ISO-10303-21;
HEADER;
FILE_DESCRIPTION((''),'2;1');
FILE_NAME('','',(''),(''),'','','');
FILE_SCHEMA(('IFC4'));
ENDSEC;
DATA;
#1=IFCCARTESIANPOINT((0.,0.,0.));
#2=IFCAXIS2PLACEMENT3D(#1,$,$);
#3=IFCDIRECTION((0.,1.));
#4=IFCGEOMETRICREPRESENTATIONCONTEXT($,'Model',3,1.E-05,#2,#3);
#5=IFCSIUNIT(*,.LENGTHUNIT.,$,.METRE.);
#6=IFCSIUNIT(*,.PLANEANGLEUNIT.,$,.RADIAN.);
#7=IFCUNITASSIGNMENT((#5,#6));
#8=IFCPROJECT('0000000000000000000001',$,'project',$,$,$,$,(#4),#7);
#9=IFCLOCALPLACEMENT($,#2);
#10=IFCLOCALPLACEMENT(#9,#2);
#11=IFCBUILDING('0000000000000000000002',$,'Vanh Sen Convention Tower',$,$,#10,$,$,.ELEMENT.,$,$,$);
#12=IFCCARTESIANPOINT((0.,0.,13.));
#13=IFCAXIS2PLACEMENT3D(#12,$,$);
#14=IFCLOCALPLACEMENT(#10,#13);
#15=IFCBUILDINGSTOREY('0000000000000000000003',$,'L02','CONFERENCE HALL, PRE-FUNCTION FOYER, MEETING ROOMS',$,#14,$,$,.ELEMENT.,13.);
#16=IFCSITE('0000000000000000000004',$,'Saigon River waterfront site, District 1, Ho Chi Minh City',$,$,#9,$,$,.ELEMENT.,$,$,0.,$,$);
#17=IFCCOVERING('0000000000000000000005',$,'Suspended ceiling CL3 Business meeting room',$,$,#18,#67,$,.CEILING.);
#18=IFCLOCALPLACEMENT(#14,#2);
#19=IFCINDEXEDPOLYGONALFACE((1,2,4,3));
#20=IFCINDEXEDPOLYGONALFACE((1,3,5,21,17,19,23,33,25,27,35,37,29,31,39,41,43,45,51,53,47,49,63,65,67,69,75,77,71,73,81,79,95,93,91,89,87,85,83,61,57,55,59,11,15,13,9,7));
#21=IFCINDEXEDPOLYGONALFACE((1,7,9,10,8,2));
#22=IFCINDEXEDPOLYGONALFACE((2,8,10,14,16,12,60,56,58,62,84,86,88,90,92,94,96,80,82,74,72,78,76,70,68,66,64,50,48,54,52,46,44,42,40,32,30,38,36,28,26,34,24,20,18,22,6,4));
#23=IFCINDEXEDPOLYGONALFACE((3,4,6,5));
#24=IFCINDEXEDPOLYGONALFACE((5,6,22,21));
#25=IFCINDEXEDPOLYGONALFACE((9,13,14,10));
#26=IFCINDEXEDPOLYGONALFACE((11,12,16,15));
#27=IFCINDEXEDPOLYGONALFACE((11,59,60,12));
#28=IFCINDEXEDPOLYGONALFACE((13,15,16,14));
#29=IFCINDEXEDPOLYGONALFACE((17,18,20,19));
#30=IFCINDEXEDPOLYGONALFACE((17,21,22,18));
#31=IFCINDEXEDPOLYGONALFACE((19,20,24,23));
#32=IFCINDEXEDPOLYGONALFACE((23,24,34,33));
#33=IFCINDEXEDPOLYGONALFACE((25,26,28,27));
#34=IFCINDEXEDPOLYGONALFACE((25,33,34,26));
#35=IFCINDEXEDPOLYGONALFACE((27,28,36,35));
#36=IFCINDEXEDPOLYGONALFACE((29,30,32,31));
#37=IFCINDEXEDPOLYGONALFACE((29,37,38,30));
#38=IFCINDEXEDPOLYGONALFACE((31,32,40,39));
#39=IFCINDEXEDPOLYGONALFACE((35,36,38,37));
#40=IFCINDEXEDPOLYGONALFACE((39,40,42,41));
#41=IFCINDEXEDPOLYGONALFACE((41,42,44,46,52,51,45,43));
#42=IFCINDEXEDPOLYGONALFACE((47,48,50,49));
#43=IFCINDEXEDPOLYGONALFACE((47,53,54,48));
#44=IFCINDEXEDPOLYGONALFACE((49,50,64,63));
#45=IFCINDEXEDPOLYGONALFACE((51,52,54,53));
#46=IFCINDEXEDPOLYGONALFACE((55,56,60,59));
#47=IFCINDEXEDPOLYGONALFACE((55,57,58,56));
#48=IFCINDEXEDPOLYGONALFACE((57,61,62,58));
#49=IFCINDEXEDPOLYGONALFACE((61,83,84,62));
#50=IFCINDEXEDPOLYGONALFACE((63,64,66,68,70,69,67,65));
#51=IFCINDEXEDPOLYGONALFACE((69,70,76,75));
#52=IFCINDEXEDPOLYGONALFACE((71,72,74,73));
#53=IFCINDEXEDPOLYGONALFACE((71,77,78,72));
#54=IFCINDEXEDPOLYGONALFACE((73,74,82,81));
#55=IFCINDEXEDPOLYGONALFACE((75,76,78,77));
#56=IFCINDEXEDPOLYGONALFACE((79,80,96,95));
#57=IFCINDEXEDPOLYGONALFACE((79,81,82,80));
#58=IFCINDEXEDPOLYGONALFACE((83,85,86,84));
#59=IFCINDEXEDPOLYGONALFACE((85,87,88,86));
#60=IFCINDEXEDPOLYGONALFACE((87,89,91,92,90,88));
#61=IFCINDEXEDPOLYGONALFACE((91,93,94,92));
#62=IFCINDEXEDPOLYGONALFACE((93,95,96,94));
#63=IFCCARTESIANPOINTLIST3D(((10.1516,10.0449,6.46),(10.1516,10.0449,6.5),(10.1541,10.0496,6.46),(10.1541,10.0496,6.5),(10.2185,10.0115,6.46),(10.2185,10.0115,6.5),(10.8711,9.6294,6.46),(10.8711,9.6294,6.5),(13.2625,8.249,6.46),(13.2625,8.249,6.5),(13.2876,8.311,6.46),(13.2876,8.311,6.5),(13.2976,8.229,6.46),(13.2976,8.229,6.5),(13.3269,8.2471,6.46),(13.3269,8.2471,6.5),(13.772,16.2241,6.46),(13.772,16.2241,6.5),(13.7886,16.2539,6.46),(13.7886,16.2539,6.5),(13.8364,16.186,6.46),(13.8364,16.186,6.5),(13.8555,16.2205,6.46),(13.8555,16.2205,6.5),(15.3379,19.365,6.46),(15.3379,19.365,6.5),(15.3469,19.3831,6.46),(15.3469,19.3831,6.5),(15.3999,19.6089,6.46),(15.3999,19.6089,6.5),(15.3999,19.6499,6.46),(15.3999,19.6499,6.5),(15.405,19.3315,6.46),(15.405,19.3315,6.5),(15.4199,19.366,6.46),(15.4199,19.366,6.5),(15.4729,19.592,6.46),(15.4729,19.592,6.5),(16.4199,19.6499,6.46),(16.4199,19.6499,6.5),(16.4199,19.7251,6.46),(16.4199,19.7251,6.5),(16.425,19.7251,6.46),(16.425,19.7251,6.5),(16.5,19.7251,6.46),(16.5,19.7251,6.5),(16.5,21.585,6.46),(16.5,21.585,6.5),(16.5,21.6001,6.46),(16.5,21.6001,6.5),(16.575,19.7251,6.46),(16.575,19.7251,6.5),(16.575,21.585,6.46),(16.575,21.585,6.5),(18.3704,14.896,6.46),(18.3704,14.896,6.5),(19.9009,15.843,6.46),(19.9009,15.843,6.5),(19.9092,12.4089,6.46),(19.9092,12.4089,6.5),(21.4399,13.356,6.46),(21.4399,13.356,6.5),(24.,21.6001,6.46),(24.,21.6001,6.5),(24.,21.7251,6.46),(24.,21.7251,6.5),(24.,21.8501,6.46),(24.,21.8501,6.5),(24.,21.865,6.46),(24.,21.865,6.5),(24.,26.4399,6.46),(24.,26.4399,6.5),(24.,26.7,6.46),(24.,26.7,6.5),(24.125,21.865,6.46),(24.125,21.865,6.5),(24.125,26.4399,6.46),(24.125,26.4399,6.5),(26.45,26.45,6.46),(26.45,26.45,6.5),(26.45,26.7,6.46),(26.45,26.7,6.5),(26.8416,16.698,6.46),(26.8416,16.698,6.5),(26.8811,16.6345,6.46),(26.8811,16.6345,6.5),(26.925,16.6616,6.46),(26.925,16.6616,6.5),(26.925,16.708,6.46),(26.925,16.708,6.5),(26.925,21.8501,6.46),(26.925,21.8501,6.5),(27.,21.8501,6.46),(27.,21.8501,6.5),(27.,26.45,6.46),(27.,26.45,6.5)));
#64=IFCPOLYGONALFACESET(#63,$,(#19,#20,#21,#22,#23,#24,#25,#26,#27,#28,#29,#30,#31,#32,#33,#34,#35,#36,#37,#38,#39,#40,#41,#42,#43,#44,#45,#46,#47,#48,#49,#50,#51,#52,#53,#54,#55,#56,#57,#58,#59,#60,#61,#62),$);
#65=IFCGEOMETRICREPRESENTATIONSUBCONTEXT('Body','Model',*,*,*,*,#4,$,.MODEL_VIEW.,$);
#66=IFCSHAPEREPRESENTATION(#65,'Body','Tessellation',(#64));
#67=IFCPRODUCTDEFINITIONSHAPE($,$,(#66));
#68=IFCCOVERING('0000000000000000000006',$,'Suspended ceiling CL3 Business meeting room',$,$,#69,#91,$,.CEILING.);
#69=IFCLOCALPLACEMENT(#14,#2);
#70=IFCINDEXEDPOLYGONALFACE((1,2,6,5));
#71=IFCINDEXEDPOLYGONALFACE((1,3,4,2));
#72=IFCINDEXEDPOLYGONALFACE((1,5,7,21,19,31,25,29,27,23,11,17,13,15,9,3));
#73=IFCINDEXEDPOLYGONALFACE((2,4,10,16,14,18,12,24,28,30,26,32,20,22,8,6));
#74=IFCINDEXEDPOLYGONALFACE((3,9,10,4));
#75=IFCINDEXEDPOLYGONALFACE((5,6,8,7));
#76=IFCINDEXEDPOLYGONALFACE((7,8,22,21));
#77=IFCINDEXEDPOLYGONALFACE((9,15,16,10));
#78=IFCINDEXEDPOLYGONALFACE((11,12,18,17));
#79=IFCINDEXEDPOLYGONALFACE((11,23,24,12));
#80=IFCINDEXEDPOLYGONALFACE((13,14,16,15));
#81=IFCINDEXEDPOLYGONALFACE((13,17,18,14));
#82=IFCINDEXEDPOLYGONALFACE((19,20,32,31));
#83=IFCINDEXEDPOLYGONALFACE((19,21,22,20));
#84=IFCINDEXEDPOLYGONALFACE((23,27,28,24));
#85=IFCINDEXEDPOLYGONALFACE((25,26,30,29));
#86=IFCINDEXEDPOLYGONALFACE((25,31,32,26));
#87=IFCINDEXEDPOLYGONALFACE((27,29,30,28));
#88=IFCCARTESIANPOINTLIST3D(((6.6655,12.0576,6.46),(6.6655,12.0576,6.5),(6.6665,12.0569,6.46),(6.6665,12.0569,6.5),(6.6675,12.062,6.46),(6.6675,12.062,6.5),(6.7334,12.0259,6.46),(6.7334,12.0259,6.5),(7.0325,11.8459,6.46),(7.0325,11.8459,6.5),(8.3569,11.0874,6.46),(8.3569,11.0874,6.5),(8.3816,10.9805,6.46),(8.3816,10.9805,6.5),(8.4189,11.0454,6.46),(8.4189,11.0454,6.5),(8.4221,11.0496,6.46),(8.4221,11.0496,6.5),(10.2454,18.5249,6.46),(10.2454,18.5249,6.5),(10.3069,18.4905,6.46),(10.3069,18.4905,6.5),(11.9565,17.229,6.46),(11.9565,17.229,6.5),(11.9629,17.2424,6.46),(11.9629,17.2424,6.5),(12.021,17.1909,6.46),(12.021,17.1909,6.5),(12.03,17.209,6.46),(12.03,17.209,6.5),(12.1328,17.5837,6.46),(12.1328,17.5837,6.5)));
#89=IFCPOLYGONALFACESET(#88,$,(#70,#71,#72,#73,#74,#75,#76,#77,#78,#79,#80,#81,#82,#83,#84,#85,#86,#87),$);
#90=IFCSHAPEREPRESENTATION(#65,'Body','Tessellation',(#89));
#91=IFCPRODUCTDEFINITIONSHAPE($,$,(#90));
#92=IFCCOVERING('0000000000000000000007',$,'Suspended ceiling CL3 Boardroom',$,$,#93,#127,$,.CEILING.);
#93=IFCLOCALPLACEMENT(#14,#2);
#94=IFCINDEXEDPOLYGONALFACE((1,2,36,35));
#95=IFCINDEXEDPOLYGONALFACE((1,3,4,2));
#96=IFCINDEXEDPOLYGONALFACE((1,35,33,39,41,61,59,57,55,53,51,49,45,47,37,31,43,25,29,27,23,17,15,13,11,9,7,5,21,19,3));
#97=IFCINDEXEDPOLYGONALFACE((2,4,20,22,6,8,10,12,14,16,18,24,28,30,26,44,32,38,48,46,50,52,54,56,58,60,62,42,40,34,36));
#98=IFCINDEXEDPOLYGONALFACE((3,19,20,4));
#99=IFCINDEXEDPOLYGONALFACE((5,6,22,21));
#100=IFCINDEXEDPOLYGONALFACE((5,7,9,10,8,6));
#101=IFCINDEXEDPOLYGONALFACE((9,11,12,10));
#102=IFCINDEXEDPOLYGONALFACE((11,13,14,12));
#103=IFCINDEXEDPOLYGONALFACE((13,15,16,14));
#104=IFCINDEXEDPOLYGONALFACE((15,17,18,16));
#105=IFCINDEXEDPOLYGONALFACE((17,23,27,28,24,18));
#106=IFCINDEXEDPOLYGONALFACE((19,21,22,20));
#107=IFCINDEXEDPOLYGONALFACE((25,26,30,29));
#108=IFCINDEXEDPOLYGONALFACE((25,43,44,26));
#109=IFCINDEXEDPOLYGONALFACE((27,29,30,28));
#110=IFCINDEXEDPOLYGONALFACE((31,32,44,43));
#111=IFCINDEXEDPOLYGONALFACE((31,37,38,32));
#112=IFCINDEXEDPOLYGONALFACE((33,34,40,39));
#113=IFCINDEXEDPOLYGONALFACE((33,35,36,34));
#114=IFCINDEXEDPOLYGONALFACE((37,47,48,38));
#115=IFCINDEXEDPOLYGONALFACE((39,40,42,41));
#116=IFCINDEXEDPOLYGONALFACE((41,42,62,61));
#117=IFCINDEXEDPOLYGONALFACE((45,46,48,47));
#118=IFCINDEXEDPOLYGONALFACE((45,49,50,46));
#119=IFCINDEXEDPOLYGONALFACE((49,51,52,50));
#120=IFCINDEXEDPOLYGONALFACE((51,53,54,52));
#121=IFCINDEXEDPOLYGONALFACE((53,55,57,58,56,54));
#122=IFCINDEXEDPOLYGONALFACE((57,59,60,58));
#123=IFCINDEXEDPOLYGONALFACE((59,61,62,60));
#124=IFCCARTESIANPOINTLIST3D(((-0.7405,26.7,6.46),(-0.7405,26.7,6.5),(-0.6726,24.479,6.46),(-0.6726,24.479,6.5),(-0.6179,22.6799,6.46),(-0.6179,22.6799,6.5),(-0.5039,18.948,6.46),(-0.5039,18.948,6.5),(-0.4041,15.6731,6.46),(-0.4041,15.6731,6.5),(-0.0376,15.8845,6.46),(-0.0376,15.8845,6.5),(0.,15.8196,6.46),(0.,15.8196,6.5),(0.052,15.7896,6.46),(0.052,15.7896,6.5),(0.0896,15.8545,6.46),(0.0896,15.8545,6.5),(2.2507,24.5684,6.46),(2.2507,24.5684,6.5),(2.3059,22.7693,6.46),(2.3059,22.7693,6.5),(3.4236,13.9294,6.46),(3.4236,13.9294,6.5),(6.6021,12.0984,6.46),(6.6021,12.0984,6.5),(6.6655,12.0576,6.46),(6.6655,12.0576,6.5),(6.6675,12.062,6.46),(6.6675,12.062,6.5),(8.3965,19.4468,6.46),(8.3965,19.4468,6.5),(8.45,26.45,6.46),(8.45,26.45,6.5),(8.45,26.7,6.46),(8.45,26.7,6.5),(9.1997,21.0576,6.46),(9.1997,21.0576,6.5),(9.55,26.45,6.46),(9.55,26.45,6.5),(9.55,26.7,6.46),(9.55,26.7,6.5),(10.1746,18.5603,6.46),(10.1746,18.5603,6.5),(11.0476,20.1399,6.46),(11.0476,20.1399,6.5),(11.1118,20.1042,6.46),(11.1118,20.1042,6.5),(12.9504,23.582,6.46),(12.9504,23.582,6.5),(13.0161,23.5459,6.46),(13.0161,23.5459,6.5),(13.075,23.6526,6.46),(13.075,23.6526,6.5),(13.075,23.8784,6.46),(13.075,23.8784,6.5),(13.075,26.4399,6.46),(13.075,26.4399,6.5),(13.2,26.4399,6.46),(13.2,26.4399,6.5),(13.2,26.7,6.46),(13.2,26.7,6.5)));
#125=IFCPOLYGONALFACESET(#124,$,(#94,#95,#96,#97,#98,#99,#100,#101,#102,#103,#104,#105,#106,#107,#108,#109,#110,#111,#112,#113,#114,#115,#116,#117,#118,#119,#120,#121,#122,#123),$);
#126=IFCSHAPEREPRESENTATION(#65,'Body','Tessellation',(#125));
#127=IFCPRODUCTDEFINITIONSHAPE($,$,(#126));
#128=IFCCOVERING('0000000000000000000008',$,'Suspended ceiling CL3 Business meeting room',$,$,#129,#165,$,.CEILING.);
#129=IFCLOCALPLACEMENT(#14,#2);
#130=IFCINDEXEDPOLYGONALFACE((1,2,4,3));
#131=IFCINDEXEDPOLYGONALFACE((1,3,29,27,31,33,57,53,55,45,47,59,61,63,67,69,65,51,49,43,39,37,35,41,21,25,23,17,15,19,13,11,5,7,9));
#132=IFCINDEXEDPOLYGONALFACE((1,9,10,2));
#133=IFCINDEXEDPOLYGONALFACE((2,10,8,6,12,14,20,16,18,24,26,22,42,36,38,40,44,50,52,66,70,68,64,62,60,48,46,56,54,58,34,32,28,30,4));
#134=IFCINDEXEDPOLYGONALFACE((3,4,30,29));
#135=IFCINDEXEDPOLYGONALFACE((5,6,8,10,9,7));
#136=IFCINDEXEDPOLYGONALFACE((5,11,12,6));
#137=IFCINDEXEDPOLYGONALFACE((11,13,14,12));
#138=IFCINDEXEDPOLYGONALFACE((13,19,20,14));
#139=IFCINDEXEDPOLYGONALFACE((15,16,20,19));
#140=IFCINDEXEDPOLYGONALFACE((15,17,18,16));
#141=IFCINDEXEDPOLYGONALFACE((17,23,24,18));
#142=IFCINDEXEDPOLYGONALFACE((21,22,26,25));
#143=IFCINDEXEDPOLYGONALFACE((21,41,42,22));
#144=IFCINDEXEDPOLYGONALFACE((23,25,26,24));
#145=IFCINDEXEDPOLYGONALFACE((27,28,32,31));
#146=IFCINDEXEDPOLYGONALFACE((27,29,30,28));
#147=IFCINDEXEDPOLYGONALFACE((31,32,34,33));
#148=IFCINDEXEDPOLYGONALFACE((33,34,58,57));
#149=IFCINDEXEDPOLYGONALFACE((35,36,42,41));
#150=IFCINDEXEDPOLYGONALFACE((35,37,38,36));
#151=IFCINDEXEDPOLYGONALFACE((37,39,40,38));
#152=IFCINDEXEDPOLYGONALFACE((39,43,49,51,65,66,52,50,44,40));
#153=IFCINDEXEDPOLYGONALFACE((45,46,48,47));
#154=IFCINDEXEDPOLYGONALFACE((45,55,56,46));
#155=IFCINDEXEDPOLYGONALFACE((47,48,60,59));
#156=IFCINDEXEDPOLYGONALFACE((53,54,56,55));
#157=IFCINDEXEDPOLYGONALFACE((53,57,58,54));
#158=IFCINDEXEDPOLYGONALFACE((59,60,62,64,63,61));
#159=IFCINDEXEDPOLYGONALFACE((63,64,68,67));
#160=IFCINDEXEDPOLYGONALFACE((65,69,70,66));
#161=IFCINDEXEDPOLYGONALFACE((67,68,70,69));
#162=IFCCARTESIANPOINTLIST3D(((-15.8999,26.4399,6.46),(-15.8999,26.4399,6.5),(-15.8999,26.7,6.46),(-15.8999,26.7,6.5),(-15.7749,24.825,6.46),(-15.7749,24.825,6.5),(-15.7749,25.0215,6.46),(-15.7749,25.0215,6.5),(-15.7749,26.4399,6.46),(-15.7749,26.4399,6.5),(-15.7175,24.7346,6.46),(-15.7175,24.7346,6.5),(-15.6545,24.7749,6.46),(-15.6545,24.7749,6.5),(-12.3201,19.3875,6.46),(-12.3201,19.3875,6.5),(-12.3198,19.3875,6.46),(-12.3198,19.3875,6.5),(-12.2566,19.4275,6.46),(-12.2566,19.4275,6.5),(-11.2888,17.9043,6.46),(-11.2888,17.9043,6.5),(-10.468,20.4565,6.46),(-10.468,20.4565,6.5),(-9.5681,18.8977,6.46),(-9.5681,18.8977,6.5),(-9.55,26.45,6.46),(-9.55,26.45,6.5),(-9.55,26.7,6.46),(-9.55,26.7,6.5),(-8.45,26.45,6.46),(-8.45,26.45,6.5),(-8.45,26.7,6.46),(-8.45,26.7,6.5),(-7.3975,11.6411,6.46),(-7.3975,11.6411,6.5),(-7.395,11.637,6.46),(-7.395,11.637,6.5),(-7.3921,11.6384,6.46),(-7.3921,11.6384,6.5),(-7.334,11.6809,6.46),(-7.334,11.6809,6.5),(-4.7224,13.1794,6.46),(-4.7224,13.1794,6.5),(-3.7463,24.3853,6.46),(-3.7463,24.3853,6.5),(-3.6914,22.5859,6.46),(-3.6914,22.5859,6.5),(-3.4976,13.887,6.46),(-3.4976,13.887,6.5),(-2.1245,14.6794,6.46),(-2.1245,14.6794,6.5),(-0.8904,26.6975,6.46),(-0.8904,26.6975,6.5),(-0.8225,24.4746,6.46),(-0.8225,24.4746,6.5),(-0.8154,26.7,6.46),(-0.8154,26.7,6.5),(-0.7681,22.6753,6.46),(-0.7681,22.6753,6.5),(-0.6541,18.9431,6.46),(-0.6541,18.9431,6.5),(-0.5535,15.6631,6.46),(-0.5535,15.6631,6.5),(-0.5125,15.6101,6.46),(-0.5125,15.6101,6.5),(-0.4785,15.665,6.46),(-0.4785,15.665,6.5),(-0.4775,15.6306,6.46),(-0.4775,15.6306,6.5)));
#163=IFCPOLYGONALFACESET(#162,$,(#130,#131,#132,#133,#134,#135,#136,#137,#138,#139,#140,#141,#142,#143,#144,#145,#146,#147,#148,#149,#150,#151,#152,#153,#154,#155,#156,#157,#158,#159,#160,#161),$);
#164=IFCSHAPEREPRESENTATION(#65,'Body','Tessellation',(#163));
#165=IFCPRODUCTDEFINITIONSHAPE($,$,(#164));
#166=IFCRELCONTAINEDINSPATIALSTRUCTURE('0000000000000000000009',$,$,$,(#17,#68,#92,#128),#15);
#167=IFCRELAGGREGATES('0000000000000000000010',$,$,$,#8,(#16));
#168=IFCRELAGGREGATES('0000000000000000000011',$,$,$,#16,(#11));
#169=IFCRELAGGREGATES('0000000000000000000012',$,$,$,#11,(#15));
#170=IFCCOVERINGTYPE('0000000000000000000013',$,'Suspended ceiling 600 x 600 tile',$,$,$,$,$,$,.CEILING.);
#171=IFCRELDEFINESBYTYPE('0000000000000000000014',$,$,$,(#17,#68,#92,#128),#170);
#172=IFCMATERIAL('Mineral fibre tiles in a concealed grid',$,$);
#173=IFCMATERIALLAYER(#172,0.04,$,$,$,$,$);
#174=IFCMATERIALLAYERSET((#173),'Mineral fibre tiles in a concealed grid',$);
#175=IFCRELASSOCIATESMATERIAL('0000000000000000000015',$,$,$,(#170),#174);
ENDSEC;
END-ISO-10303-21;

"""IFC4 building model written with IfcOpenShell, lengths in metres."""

from ifc_helpers import new_model, si_unit, direction, frame, origin, place, context, subcontext, project, spatial, polyline, outline, extrude, material, layer, layer_set, type_object, element, save


model = new_model("IFC4")

# Units and contexts
model_context = context("Model", 3, precision=1e-05, world=origin(), true_north=direction((0.0, 1.0)))
body_context = subcontext(model_context, "Body", "Model", "MODEL_VIEW")
ifc_project = project(units=[si_unit("LENGTHUNIT", "METRE"), si_unit("PLANEANGLEUNIT", "RADIAN")], contexts=[model_context])

# Site, building, storey
site_placement = place(None, origin())
site = spatial("IfcSite", under=ifc_project, at=site_placement, Name="Saigon River waterfront site, District 1, Ho Chi Minh City", CompositionType="ELEMENT", RefElevation=0.0)
building_placement = place(site_placement, origin())
building = spatial("IfcBuilding", under=site, at=building_placement, Name="Vanh Sen Convention Tower", CompositionType="ELEMENT")
storey_placement = place(building_placement, frame((0.0, 0.0, 13.0)))
storey = spatial("IfcBuildingStorey", under=building, at=storey_placement, Name="L02", Description="CONFERENCE HALL, PRE-FUNCTION FOYER, MEETING ROOMS", CompositionType="ELEMENT", Elevation=13.0)

# Coverings
ifc_material_1 = material(Name="Mineral fibre tiles in a concealed grid")
ifc_layer_1 = layer(ifc_material_1, 0.04)
ifc_layer_set_1 = layer_set([ifc_layer_1], Name="Mineral fibre tiles in a concealed grid")
covering_type = type_object("IfcCoveringType", Name="Suspended ceiling 600 x 600 tile", PredefinedType="CEILING", material=ifc_layer_set_1)
covering_1_placement = place(storey_placement, frame((0.0, 0.0, 6.46)))
element("IfcCovering", 1, at=covering_1_placement, inside=storey, type_object=covering_type, Name="Suspended ceiling CL3 Business meeting room", PredefinedType="CEILING", context=body_context, shape_type="SweptSolid", body=[
    extrude(outline(polyline([(13.8555, 16.2205), (13.7886, 16.2539), (13.772, 16.2241), (13.8364, 16.186), (10.2185, 10.0115), (10.1541, 10.0496), (10.1516, 10.0449), (10.8711, 9.6294), (13.2625, 8.249), (13.2976, 8.229), (13.3269, 8.2471), (13.2876, 8.311), (19.9092, 12.4089), (18.3704, 14.896), (19.9009, 15.843), (21.4399, 13.356), (26.8416, 16.698), (26.8811, 16.6345), (26.925, 16.6616), (26.925, 16.708), (26.925, 21.8501), (27.0, 21.8501), (27.0, 26.45), (26.45, 26.45), (26.45, 26.7), (24.0, 26.7), (24.0, 26.4399), (24.125, 26.4399), (24.125, 21.865), (24.0, 21.865), (24.0, 21.8501), (24.0, 21.7251), (24.0, 21.6001), (16.5, 21.6001), (16.5, 21.585), (16.575, 21.585), (16.575, 19.7251), (16.5, 19.7251), (16.425, 19.7251), (16.4199, 19.7251), (16.4199, 19.6499), (15.3999, 19.6499), (15.3999, 19.6089), (15.4729, 19.592), (15.4199, 19.366), (15.3469, 19.3831), (15.3379, 19.365), (15.405, 19.3315), (13.8555, 16.2205)])), origin(), (0.0, 0.0, 1.0), 0.04),
])
covering_2_placement = place(storey_placement, frame((0.0, 0.0, 6.46)))
element("IfcCovering", 2, at=covering_2_placement, inside=storey, type_object=covering_type, Name="Suspended ceiling CL3 Business meeting room", PredefinedType="CEILING", context=body_context, shape_type="SweptSolid", body=[
    extrude(outline(polyline([(11.9565, 17.229), (12.021, 17.1909), (12.03, 17.209), (11.9629, 17.2424), (12.1328, 17.5837), (10.2454, 18.5249), (10.3069, 18.4905), (6.7334, 12.0259), (6.6675, 12.062), (6.6655, 12.0576), (6.6665, 12.0569), (7.0325, 11.8459), (8.4189, 11.0454), (8.3816, 10.9805), (8.4221, 11.0496), (8.3569, 11.0874), (11.9565, 17.229)])), origin(), (0.0, 0.0, 1.0), 0.04),
])
covering_3_placement = place(storey_placement, frame((0.0, 0.0, 6.46)))
element("IfcCovering", 3, at=covering_3_placement, inside=storey, type_object=covering_type, Name="Suspended ceiling CL3 Boardroom", PredefinedType="CEILING", context=body_context, shape_type="SweptSolid", body=[
    extrude(outline(polyline([(-0.0376, 15.8845), (0.0, 15.8196), (0.052, 15.7896), (0.0896, 15.8545), (3.4236, 13.9294), (6.6655, 12.0576), (6.6675, 12.062), (6.6021, 12.0984), (10.1746, 18.5603), (8.3965, 19.4468), (9.1997, 21.0576), (11.1118, 20.1042), (11.0476, 20.1399), (12.9504, 23.582), (13.0161, 23.5459), (13.075, 23.6526), (13.075, 23.8784), (13.075, 26.4399), (13.2, 26.4399), (13.2, 26.7), (9.55, 26.7), (9.55, 26.45), (8.45, 26.45), (8.45, 26.7), (-0.7405, 26.7), (-0.6726, 24.479), (2.2507, 24.5684), (2.3059, 22.7693), (-0.6179, 22.6799), (-0.5039, 18.948), (-0.4041, 15.6731), (-0.0376, 15.8845)])), origin(), (0.0, 0.0, 1.0), 0.04),
])
covering_4_placement = place(storey_placement, frame((0.0, 0.0, 6.46)))
element("IfcCovering", 4, at=covering_4_placement, inside=storey, type_object=covering_type, Name="Suspended ceiling CL3 Business meeting room", PredefinedType="CEILING", context=body_context, shape_type="SweptSolid", body=[
    extrude(outline(polyline([(-0.5125, 15.6101), (-0.4775, 15.6306), (-0.4785, 15.665), (-0.5535, 15.6631), (-0.6541, 18.9431), (-0.7681, 22.6753), (-3.6914, 22.5859), (-3.7463, 24.3853), (-0.8225, 24.4746), (-0.8904, 26.6975), (-0.8154, 26.7), (-8.45, 26.7), (-8.45, 26.45), (-9.55, 26.45), (-9.55, 26.7), (-15.8999, 26.7), (-15.8999, 26.4399), (-15.7749, 26.4399), (-15.7749, 25.0215), (-15.7749, 24.825), (-15.7175, 24.7346), (-15.6545, 24.7749), (-12.2566, 19.4275), (-12.3201, 19.3875), (-12.3198, 19.3875), (-10.468, 20.4565), (-9.5681, 18.8977), (-11.2888, 17.9043), (-7.334, 11.6809), (-7.3975, 11.6411), (-7.395, 11.637), (-7.3921, 11.6384), (-4.7224, 13.1794), (-3.4976, 13.887), (-2.1245, 14.6794), (-0.5125, 15.6101)])), origin(), (0.0, 0.0, 1.0), 0.04),
])

save(model, "model.ifc")
